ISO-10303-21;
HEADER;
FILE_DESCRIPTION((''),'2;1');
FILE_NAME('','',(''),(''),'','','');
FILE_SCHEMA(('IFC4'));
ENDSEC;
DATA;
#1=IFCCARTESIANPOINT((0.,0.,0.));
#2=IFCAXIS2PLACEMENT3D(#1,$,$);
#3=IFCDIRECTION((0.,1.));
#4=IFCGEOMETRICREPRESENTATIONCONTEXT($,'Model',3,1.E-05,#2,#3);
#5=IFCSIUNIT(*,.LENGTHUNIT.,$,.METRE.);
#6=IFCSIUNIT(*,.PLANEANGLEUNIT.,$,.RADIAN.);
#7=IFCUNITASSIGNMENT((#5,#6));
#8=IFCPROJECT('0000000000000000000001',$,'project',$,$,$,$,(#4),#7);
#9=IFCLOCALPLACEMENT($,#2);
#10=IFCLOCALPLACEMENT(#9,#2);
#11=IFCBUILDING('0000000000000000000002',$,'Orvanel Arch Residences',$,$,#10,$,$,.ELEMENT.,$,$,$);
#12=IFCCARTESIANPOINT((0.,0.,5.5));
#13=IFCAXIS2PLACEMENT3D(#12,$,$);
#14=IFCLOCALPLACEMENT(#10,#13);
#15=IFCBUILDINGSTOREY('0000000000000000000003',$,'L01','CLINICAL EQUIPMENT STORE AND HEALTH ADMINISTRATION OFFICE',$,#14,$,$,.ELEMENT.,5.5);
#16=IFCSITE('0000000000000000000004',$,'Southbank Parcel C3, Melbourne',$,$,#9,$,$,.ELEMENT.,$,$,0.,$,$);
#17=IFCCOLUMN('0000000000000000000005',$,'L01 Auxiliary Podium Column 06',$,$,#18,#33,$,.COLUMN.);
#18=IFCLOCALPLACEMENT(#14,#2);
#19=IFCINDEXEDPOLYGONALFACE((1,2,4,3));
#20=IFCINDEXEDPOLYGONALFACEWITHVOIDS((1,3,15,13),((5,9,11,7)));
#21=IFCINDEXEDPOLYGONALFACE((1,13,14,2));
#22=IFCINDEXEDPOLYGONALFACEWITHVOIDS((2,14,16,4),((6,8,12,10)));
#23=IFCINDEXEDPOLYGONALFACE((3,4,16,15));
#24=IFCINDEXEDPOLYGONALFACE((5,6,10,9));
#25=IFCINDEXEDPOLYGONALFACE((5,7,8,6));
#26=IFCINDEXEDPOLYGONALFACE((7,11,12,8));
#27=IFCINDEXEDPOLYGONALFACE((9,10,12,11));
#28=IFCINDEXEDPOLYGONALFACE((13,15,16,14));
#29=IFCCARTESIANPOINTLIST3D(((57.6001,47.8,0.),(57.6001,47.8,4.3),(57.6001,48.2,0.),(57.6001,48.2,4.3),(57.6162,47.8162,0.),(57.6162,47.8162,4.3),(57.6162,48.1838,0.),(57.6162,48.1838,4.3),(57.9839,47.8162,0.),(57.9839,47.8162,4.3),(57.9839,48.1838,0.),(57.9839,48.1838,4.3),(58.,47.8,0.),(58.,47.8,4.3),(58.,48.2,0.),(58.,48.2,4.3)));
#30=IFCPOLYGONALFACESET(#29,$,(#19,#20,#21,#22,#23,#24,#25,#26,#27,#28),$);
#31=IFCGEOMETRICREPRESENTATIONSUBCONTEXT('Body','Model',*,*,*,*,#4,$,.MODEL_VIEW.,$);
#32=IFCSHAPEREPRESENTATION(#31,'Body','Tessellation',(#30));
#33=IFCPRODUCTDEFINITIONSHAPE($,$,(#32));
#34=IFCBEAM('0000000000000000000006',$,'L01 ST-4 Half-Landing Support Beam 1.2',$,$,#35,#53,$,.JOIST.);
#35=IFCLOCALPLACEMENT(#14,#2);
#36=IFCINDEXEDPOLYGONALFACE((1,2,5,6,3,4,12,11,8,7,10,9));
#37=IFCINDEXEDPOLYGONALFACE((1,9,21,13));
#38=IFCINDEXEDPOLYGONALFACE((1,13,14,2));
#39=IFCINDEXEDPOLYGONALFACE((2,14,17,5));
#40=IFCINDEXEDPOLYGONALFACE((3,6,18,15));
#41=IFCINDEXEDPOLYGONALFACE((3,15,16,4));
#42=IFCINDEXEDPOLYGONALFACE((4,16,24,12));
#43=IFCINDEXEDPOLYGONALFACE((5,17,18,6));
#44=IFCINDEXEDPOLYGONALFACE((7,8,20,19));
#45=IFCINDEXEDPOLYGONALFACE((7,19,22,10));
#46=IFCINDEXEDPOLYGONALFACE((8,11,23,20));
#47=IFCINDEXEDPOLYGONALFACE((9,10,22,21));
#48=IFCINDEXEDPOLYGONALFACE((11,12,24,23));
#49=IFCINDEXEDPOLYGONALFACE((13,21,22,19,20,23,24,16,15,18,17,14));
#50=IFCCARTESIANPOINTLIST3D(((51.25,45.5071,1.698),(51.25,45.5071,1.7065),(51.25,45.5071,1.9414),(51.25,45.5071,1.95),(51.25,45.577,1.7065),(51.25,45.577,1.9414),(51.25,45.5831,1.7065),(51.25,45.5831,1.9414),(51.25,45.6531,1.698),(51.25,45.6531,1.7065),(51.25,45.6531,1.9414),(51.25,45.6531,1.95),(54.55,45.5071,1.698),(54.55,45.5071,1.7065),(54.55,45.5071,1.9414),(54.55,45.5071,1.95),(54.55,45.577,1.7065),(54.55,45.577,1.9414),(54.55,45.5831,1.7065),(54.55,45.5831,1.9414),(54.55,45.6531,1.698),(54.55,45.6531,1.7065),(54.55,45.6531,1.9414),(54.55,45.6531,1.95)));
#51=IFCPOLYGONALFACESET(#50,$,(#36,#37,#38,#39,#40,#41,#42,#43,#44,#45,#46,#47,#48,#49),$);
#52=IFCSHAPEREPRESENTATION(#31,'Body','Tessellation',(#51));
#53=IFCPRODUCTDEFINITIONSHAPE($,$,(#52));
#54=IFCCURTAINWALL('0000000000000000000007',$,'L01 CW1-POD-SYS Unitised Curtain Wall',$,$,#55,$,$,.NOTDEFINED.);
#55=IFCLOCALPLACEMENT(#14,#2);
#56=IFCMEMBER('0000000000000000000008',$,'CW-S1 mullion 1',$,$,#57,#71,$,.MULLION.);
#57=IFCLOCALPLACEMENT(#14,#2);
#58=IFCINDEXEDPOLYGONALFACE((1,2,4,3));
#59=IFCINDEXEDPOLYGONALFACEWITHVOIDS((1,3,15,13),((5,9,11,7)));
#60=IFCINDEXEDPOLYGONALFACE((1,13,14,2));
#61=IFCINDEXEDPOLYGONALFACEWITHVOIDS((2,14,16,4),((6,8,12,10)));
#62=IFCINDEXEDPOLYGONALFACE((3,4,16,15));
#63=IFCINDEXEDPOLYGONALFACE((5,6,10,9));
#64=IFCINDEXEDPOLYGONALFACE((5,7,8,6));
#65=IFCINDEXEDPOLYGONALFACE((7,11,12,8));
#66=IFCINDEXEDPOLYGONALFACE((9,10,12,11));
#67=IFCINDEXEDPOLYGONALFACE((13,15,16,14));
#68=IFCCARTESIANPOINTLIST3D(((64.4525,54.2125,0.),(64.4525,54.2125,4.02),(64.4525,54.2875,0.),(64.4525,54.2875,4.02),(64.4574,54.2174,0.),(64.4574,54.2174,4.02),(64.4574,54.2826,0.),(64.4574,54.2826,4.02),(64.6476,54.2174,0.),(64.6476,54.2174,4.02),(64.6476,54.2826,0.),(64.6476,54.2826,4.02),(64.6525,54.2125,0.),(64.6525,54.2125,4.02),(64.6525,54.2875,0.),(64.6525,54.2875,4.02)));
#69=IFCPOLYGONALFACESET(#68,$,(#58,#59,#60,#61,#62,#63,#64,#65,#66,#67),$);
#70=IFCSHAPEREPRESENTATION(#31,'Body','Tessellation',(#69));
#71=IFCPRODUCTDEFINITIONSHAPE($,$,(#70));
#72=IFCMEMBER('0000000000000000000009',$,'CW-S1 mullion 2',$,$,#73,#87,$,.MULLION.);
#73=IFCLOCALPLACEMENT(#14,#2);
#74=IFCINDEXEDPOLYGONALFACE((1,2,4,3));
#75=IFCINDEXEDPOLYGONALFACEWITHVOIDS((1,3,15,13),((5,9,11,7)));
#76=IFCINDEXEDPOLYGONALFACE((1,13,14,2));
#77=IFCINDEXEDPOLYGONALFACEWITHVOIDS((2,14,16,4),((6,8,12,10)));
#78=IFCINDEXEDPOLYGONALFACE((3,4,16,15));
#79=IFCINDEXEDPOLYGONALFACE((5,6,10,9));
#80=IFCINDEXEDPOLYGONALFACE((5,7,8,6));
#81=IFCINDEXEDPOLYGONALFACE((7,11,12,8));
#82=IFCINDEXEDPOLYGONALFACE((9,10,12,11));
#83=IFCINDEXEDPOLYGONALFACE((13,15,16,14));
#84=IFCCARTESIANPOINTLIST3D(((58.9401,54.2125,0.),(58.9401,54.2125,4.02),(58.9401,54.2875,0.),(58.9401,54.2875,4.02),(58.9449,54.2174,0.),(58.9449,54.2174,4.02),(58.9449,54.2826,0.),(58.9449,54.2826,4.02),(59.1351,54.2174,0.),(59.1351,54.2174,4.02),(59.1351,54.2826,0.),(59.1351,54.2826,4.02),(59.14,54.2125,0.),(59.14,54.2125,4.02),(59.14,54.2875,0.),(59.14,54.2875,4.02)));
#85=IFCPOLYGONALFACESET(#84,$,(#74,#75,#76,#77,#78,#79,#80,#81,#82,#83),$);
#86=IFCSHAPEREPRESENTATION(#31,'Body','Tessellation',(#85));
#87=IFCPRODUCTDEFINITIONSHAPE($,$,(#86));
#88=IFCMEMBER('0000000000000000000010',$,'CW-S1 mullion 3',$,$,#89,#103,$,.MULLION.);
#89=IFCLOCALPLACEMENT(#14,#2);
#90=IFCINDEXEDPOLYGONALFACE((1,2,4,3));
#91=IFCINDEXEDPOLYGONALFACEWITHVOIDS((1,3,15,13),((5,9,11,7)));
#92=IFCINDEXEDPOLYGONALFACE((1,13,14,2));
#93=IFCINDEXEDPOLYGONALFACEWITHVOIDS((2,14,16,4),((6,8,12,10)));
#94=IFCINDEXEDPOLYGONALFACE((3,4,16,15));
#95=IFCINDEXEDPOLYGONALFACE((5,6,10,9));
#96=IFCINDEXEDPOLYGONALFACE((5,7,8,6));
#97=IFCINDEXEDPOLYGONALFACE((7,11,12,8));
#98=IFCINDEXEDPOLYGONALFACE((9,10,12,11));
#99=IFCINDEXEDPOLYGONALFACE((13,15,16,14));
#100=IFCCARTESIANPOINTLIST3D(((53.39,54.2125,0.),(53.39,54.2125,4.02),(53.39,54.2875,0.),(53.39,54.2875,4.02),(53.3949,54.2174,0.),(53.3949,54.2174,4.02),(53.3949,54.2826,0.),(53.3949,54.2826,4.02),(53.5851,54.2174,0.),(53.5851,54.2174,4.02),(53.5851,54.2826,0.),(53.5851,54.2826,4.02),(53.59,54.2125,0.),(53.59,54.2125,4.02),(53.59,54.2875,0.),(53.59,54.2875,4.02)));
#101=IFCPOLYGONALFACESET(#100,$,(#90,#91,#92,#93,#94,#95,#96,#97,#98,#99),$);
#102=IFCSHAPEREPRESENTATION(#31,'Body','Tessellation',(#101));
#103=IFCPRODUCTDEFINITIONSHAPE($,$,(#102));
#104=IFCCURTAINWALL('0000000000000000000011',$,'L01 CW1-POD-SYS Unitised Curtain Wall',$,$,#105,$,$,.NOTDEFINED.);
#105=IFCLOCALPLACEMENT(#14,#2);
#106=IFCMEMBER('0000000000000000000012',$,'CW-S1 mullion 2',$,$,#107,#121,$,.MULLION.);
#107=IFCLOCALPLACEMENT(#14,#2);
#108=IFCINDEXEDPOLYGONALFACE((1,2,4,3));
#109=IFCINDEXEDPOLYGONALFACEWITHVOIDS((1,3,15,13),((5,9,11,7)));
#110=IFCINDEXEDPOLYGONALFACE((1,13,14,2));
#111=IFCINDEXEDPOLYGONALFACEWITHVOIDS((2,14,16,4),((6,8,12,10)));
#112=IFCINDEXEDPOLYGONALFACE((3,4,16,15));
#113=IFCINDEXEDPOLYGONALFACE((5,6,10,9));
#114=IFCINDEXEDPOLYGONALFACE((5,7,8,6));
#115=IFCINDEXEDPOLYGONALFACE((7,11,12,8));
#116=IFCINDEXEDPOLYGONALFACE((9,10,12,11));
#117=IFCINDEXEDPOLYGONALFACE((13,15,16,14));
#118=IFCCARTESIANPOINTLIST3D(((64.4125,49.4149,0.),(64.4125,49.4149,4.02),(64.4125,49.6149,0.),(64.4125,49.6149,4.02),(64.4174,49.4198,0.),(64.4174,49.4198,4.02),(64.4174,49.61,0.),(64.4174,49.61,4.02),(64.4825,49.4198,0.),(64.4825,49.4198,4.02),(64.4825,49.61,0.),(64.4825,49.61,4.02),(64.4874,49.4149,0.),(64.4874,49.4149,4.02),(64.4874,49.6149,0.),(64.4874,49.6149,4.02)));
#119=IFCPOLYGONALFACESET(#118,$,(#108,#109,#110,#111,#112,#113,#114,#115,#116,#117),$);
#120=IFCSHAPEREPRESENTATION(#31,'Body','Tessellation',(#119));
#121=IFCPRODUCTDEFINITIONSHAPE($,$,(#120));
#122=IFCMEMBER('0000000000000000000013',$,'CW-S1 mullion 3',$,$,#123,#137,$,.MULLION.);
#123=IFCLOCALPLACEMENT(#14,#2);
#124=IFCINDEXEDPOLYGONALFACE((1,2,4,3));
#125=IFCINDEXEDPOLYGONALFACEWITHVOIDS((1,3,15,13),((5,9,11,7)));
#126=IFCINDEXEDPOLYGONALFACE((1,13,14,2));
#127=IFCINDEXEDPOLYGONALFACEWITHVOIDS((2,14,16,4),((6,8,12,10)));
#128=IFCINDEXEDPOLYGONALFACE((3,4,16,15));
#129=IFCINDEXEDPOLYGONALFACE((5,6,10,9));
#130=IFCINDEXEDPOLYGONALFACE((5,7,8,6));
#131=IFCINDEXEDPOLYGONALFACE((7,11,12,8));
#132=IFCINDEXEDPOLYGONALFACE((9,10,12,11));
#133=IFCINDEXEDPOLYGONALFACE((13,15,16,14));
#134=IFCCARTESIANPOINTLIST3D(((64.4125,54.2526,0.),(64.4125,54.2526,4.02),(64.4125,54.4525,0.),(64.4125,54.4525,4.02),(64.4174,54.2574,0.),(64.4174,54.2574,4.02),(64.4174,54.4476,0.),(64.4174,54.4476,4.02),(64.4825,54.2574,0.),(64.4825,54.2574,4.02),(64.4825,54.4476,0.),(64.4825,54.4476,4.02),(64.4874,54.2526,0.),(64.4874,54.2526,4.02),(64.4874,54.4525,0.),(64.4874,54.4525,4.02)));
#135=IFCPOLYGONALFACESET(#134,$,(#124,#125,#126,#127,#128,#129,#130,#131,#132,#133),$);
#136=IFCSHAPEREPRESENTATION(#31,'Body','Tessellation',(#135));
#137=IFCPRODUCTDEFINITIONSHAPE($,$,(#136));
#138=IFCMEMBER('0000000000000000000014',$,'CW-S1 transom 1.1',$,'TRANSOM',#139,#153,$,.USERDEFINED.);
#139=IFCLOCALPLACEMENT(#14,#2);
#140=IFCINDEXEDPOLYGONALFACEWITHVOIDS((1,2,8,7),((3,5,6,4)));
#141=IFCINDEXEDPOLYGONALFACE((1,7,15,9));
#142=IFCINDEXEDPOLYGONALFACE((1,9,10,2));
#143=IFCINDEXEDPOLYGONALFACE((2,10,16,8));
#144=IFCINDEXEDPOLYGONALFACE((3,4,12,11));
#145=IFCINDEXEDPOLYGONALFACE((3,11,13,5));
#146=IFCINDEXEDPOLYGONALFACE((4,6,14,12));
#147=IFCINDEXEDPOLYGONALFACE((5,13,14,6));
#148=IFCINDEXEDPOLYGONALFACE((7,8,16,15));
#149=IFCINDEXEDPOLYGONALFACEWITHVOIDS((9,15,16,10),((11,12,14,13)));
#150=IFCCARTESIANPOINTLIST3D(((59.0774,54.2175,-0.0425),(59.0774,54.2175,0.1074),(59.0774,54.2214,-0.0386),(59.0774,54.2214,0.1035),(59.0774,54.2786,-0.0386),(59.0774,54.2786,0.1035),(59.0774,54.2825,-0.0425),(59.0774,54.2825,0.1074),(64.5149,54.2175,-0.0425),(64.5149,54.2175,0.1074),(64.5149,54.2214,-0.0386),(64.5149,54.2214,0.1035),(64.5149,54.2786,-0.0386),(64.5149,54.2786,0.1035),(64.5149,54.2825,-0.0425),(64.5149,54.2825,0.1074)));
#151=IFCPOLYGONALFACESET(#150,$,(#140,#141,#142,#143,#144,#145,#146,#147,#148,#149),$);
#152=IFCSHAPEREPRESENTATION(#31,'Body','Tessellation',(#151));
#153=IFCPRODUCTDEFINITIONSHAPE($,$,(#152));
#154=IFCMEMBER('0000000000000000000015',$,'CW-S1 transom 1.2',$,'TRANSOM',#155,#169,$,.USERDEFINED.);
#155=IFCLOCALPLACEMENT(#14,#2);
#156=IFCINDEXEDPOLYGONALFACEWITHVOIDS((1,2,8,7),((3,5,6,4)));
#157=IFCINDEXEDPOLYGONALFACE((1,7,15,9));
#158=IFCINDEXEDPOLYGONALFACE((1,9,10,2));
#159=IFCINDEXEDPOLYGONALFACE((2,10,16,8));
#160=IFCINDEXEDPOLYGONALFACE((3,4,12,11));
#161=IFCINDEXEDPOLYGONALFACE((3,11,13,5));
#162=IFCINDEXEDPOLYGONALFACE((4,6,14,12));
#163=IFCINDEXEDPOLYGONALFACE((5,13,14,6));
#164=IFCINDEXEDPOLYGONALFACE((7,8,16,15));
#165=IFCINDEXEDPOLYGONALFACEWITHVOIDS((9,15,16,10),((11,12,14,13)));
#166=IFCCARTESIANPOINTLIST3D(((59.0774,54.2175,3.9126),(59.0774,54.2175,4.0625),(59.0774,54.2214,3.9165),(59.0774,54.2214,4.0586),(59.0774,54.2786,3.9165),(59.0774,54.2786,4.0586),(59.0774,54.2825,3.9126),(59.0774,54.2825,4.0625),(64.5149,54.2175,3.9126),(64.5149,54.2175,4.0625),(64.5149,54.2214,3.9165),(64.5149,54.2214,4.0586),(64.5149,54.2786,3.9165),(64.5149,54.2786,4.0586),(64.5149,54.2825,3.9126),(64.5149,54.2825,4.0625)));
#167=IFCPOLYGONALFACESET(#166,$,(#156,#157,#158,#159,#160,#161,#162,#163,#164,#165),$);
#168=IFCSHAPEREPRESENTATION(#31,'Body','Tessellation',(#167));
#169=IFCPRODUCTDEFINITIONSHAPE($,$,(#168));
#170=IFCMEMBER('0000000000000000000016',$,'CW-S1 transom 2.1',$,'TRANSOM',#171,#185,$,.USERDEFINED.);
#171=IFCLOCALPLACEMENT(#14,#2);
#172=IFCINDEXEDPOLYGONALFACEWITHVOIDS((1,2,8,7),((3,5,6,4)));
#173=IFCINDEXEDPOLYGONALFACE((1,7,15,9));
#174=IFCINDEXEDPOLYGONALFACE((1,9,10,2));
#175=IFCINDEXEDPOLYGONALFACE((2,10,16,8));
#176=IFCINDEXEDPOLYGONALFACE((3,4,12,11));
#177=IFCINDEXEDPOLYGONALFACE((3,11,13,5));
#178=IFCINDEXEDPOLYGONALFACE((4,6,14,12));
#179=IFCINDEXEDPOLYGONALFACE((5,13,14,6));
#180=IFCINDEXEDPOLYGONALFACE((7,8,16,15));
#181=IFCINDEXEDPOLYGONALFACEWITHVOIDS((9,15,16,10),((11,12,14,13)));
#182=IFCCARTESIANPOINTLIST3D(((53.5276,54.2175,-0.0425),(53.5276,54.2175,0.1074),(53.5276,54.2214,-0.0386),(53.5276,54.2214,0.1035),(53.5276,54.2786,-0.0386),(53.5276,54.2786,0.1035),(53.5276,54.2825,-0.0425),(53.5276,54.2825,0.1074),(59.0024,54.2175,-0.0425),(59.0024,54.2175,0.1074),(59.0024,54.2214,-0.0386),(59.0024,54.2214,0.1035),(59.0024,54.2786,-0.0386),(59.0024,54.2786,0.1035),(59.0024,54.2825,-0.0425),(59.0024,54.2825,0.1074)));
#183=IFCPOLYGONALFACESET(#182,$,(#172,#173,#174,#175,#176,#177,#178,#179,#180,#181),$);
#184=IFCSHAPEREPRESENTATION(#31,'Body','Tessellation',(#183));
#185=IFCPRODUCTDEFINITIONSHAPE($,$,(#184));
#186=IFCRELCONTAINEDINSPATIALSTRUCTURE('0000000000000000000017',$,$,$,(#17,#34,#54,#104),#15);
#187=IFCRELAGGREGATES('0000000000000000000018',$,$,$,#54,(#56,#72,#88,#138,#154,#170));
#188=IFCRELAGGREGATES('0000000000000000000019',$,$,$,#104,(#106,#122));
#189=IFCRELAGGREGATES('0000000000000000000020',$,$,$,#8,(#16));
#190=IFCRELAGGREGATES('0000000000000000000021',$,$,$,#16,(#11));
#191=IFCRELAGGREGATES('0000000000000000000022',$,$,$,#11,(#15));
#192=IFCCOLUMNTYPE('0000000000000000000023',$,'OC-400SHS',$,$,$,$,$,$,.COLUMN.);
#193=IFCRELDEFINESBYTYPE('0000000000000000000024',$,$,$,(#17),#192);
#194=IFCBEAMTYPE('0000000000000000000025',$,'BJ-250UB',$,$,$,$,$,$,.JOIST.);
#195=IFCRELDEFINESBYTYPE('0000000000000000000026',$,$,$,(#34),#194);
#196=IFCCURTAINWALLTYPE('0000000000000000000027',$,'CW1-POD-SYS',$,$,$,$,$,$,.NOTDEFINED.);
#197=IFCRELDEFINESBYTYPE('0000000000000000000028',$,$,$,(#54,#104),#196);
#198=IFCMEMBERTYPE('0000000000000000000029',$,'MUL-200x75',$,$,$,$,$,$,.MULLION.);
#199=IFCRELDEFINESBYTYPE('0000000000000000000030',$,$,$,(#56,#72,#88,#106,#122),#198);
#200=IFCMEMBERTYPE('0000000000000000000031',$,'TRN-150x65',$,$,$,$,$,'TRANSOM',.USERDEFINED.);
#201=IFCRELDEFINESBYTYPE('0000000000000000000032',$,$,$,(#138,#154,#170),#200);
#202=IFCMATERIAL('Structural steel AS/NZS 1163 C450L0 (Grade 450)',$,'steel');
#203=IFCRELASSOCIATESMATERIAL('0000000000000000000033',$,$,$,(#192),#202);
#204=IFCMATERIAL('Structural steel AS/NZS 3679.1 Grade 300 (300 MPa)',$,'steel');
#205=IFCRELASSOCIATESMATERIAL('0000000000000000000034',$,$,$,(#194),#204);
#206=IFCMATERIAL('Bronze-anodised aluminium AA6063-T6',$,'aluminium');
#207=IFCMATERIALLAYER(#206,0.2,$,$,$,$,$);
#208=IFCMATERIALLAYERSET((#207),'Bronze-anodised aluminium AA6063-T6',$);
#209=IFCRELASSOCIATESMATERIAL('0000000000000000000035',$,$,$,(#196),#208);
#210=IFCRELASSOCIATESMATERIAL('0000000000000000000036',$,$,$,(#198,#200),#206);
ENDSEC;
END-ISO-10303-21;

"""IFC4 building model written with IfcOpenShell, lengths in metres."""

from ifc_helpers import new_model, si_unit, direction, frame, origin, origin_2d, place, context, subcontext, project, spatial, hollow_rectangle, i_section, extrude, material, layer, layer_set, material_profile, profile_set, type_object, element, aggregate, save


model = new_model("IFC4")

# Units and contexts
model_context = context("Model", 3, precision=1e-05, world=origin(), true_north=direction((0.0, 1.0)))
body_context = subcontext(model_context, "Body", "Model", "MODEL_VIEW")
ifc_project = project(units=[si_unit("LENGTHUNIT", "METRE"), si_unit("PLANEANGLEUNIT", "RADIAN")], contexts=[model_context])

# Site, building, storey
site_placement = place(None, origin())
site = spatial("IfcSite", under=ifc_project, at=site_placement, Name="Southbank Parcel C3, Melbourne", CompositionType="ELEMENT", RefElevation=0.0)
building_placement = place(site_placement, origin())
building = spatial("IfcBuilding", under=site, at=building_placement, Name="Orvanel Arch Residences", CompositionType="ELEMENT")
storey_placement = place(building_placement, frame((0.0, 0.0, 5.5)))
storey = spatial("IfcBuildingStorey", under=building, at=storey_placement, Name="L01", Description="CLINICAL EQUIPMENT STORE AND HEALTH ADMINISTRATION OFFICE", CompositionType="ELEMENT", Elevation=5.5)

# Column
ifc_material_1 = material(Name="Structural steel AS/NZS 1163 C450L0 (Grade 450)", Category="steel")
ifc_material_profile_1 = material_profile(ifc_material_1, hollow_rectangle(XDim=0.3999, YDim=0.3999, WallThickness=0.0161, at=origin_2d()), Name="SHS400x400x16")
ifc_profile_set_1 = profile_set([ifc_material_profile_1], Name="Structural steel AS/NZS 1163 C450L0 (Grade 450)")
column_type = type_object("IfcColumnType", Name="OC-400SHS", PredefinedType="COLUMN", material=ifc_profile_set_1)
column_placement = place(storey_placement, frame((57.8, 48.0, 0.0), z_axis=(0.0, 0.0, 1.0), x_axis=(1.0, 0.0, 0.0)))
element("IfcColumn", 1, at=column_placement, inside=storey, type_object=column_type, Name="L01 Auxiliary Podium Column 06", PredefinedType="COLUMN", context=body_context, shape_type="SweptSolid", body=[
    extrude(hollow_rectangle(XDim=0.3999, YDim=0.3999, WallThickness=0.0161, at=origin_2d()), origin(), (0.0, 0.0, 1.0), 4.3),
])

# Beam
ifc_material_2 = material(Name="Structural steel AS/NZS 3679.1 Grade 300 (300 MPa)", Category="steel")
ifc_material_profile_2 = material_profile(ifc_material_2, i_section(OverallWidth=0.146, OverallDepth=0.252, WebThickness=0.0061, FlangeThickness=0.0085, at=origin_2d()), Name="250UB31.4")
ifc_profile_set_2 = profile_set([ifc_material_profile_2], Name="Structural steel AS/NZS 3679.1 Grade 300 (300 MPa)")
beam_type = type_object("IfcBeamType", Name="BJ-250UB", PredefinedType="JOIST", material=ifc_profile_set_2)
beam_placement = place(storey_placement, frame((51.25, 45.5801, 1.824), z_axis=(1.0, 0.0, 0.0), x_axis=(0.0, 1.0, 0.0)))
element("IfcBeam", 2, at=beam_placement, inside=storey, type_object=beam_type, Name="L01 ST-4 Half-Landing Support Beam 1.2", PredefinedType="JOIST", context=body_context, shape_type="SweptSolid", body=[
    extrude(i_section(OverallWidth=0.146, OverallDepth=0.252, WebThickness=0.0061, FlangeThickness=0.0085, at=origin_2d()), origin(), (0.0, 0.0, 1.0), 3.3),
])

# Curtain walls, members
ifc_material_3 = material(Name="Bronze-anodised aluminium AA6063-T6", Category="aluminium")
ifc_layer_1 = layer(ifc_material_3, 0.2)
ifc_layer_set_1 = layer_set([ifc_layer_1], Name="Bronze-anodised aluminium AA6063-T6")
curtain_wall_type = type_object("IfcCurtainWallType", Name="CW1-POD-SYS", PredefinedType="NOTDEFINED", material=ifc_layer_set_1)
curtain_wall_1_placement = place(storey_placement, origin())
curtain_wall_1 = element("IfcCurtainWall", 3, at=curtain_wall_1_placement, inside=storey, type_object=curtain_wall_type, Name="L01 CW1-POD-SYS Unitised Curtain Wall", PredefinedType="NOTDEFINED")
ifc_material_profile_3 = material_profile(ifc_material_3, hollow_rectangle(XDim=0.075, YDim=0.2, WallThickness=0.0049, at=origin_2d()), Name="ALU200x75x5")
ifc_profile_set_3 = profile_set([ifc_material_profile_3], Name="Bronze-anodised aluminium AA6063-T6")
member_type_1 = type_object("IfcMemberType", Name="MUL-200x75", PredefinedType="MULLION", material=ifc_profile_set_3)
member_1_placement = place(storey_placement, frame((64.5525, 54.25, 0.0), z_axis=(0.0, 0.0, 1.0), x_axis=(0.0, -1.0, 0.0)))
member_1 = element("IfcMember", 4, at=member_1_placement, type_object=member_type_1, Name="CW-S1 mullion 1", PredefinedType="MULLION", context=body_context, shape_type="SweptSolid", body=[
    extrude(hollow_rectangle(XDim=0.075, YDim=0.2, WallThickness=0.0049, at=origin_2d()), origin(), (0.0, 0.0, 1.0), 4.02),
])
member_2_placement = place(storey_placement, frame((59.04, 54.25, 0.0), z_axis=(0.0, 0.0, 1.0), x_axis=(0.0, -1.0, 0.0)))
member_2 = element("IfcMember", 5, at=member_2_placement, type_object=member_type_1, Name="CW-S1 mullion 2", PredefinedType="MULLION", context=body_context, shape_type="SweptSolid", body=[
    extrude(hollow_rectangle(XDim=0.075, YDim=0.2, WallThickness=0.0049, at=origin_2d()), origin(), (0.0, 0.0, 1.0), 4.02),
])
member_3_placement = place(storey_placement, frame((53.49, 54.25, 0.0), z_axis=(0.0, 0.0, 1.0), x_axis=(0.0, -1.0, 0.0)))
member_3 = element("IfcMember", 6, at=member_3_placement, type_object=member_type_1, Name="CW-S1 mullion 3", PredefinedType="MULLION", context=body_context, shape_type="SweptSolid", body=[
    extrude(hollow_rectangle(XDim=0.075, YDim=0.2, WallThickness=0.0049, at=origin_2d()), origin(), (0.0, 0.0, 1.0), 4.02),
])
curtain_wall_2_placement = place(storey_placement, origin())
curtain_wall_2 = element("IfcCurtainWall", 7, at=curtain_wall_2_placement, inside=storey, type_object=curtain_wall_type, Name="L01 CW1-POD-SYS Unitised Curtain Wall", PredefinedType="NOTDEFINED")
member_4_placement = place(storey_placement, frame((64.45, 49.5149, 0.0), z_axis=(0.0, 0.0, 1.0), x_axis=(-1.0, 0.0, 0.0)))
member_4 = element("IfcMember", 8, at=member_4_placement, type_object=member_type_1, Name="CW-S1 mullion 2", PredefinedType="MULLION", context=body_context, shape_type="SweptSolid", body=[
    extrude(hollow_rectangle(XDim=0.075, YDim=0.2, WallThickness=0.0049, at=origin_2d()), origin(), (0.0, 0.0, 1.0), 4.02),
])
member_5_placement = place(storey_placement, frame((64.45, 54.3525, 0.0), z_axis=(0.0, 0.0, 1.0), x_axis=(-1.0, 0.0, 0.0)))
member_5 = element("IfcMember", 9, at=member_5_placement, type_object=member_type_1, Name="CW-S1 mullion 3", PredefinedType="MULLION", context=body_context, shape_type="SweptSolid", body=[
    extrude(hollow_rectangle(XDim=0.075, YDim=0.2, WallThickness=0.0049, at=origin_2d()), origin(), (0.0, 0.0, 1.0), 4.02),
])

# Members
ifc_material_profile_4 = material_profile(ifc_material_3, hollow_rectangle(XDim=0.0649, YDim=0.1499, WallThickness=0.0039, at=origin_2d()), Name="ALU150x65x4")
ifc_profile_set_4 = profile_set([ifc_material_profile_4], Name="Bronze-anodised aluminium AA6063-T6")
member_type_2 = type_object("IfcMemberType", Name="TRN-150x65", ElementType="TRANSOM", PredefinedType="USERDEFINED", material=ifc_profile_set_4)
member_6_placement = place(storey_placement, frame((64.5149, 54.25, 0.0325), z_axis=(-1.0, 0.0, 0.0), x_axis=(0.0, -1.0, 0.0)))
member_6 = element("IfcMember", 10, at=member_6_placement, type_object=member_type_2, Name="CW-S1 transom 1.1", ObjectType="TRANSOM", PredefinedType="USERDEFINED", context=body_context, shape_type="SweptSolid", body=[
    extrude(hollow_rectangle(XDim=0.0649, YDim=0.1499, WallThickness=0.0039, at=origin_2d()), origin(), (0.0, 0.0, 1.0), 5.4375),
])
member_7_placement = place(storey_placement, frame((64.5149, 54.25, 3.9875), z_axis=(-1.0, 0.0, 0.0), x_axis=(0.0, -1.0, 0.0)))
member_7 = element("IfcMember", 11, at=member_7_placement, type_object=member_type_2, Name="CW-S1 transom 1.2", ObjectType="TRANSOM", PredefinedType="USERDEFINED", context=body_context, shape_type="SweptSolid", body=[
    extrude(hollow_rectangle(XDim=0.0649, YDim=0.1499, WallThickness=0.0039, at=origin_2d()), origin(), (0.0, 0.0, 1.0), 5.4375),
])
member_8_placement = place(storey_placement, frame((59.0024, 54.25, 0.0325), z_axis=(-1.0, 0.0, 0.0), x_axis=(0.0, -1.0, 0.0)))
member_8 = element("IfcMember", 12, at=member_8_placement, type_object=member_type_2, Name="CW-S1 transom 2.1", ObjectType="TRANSOM", PredefinedType="USERDEFINED", context=body_context, shape_type="SweptSolid", body=[
    extrude(hollow_rectangle(XDim=0.0649, YDim=0.1499, WallThickness=0.0039, at=origin_2d()), origin(), (0.0, 0.0, 1.0), 5.4749),
])

aggregate(curtain_wall_1, [member_1, member_2, member_3, member_6, member_7, member_8])
aggregate(curtain_wall_2, [member_4, member_5])

save(model, "model.ifc")
